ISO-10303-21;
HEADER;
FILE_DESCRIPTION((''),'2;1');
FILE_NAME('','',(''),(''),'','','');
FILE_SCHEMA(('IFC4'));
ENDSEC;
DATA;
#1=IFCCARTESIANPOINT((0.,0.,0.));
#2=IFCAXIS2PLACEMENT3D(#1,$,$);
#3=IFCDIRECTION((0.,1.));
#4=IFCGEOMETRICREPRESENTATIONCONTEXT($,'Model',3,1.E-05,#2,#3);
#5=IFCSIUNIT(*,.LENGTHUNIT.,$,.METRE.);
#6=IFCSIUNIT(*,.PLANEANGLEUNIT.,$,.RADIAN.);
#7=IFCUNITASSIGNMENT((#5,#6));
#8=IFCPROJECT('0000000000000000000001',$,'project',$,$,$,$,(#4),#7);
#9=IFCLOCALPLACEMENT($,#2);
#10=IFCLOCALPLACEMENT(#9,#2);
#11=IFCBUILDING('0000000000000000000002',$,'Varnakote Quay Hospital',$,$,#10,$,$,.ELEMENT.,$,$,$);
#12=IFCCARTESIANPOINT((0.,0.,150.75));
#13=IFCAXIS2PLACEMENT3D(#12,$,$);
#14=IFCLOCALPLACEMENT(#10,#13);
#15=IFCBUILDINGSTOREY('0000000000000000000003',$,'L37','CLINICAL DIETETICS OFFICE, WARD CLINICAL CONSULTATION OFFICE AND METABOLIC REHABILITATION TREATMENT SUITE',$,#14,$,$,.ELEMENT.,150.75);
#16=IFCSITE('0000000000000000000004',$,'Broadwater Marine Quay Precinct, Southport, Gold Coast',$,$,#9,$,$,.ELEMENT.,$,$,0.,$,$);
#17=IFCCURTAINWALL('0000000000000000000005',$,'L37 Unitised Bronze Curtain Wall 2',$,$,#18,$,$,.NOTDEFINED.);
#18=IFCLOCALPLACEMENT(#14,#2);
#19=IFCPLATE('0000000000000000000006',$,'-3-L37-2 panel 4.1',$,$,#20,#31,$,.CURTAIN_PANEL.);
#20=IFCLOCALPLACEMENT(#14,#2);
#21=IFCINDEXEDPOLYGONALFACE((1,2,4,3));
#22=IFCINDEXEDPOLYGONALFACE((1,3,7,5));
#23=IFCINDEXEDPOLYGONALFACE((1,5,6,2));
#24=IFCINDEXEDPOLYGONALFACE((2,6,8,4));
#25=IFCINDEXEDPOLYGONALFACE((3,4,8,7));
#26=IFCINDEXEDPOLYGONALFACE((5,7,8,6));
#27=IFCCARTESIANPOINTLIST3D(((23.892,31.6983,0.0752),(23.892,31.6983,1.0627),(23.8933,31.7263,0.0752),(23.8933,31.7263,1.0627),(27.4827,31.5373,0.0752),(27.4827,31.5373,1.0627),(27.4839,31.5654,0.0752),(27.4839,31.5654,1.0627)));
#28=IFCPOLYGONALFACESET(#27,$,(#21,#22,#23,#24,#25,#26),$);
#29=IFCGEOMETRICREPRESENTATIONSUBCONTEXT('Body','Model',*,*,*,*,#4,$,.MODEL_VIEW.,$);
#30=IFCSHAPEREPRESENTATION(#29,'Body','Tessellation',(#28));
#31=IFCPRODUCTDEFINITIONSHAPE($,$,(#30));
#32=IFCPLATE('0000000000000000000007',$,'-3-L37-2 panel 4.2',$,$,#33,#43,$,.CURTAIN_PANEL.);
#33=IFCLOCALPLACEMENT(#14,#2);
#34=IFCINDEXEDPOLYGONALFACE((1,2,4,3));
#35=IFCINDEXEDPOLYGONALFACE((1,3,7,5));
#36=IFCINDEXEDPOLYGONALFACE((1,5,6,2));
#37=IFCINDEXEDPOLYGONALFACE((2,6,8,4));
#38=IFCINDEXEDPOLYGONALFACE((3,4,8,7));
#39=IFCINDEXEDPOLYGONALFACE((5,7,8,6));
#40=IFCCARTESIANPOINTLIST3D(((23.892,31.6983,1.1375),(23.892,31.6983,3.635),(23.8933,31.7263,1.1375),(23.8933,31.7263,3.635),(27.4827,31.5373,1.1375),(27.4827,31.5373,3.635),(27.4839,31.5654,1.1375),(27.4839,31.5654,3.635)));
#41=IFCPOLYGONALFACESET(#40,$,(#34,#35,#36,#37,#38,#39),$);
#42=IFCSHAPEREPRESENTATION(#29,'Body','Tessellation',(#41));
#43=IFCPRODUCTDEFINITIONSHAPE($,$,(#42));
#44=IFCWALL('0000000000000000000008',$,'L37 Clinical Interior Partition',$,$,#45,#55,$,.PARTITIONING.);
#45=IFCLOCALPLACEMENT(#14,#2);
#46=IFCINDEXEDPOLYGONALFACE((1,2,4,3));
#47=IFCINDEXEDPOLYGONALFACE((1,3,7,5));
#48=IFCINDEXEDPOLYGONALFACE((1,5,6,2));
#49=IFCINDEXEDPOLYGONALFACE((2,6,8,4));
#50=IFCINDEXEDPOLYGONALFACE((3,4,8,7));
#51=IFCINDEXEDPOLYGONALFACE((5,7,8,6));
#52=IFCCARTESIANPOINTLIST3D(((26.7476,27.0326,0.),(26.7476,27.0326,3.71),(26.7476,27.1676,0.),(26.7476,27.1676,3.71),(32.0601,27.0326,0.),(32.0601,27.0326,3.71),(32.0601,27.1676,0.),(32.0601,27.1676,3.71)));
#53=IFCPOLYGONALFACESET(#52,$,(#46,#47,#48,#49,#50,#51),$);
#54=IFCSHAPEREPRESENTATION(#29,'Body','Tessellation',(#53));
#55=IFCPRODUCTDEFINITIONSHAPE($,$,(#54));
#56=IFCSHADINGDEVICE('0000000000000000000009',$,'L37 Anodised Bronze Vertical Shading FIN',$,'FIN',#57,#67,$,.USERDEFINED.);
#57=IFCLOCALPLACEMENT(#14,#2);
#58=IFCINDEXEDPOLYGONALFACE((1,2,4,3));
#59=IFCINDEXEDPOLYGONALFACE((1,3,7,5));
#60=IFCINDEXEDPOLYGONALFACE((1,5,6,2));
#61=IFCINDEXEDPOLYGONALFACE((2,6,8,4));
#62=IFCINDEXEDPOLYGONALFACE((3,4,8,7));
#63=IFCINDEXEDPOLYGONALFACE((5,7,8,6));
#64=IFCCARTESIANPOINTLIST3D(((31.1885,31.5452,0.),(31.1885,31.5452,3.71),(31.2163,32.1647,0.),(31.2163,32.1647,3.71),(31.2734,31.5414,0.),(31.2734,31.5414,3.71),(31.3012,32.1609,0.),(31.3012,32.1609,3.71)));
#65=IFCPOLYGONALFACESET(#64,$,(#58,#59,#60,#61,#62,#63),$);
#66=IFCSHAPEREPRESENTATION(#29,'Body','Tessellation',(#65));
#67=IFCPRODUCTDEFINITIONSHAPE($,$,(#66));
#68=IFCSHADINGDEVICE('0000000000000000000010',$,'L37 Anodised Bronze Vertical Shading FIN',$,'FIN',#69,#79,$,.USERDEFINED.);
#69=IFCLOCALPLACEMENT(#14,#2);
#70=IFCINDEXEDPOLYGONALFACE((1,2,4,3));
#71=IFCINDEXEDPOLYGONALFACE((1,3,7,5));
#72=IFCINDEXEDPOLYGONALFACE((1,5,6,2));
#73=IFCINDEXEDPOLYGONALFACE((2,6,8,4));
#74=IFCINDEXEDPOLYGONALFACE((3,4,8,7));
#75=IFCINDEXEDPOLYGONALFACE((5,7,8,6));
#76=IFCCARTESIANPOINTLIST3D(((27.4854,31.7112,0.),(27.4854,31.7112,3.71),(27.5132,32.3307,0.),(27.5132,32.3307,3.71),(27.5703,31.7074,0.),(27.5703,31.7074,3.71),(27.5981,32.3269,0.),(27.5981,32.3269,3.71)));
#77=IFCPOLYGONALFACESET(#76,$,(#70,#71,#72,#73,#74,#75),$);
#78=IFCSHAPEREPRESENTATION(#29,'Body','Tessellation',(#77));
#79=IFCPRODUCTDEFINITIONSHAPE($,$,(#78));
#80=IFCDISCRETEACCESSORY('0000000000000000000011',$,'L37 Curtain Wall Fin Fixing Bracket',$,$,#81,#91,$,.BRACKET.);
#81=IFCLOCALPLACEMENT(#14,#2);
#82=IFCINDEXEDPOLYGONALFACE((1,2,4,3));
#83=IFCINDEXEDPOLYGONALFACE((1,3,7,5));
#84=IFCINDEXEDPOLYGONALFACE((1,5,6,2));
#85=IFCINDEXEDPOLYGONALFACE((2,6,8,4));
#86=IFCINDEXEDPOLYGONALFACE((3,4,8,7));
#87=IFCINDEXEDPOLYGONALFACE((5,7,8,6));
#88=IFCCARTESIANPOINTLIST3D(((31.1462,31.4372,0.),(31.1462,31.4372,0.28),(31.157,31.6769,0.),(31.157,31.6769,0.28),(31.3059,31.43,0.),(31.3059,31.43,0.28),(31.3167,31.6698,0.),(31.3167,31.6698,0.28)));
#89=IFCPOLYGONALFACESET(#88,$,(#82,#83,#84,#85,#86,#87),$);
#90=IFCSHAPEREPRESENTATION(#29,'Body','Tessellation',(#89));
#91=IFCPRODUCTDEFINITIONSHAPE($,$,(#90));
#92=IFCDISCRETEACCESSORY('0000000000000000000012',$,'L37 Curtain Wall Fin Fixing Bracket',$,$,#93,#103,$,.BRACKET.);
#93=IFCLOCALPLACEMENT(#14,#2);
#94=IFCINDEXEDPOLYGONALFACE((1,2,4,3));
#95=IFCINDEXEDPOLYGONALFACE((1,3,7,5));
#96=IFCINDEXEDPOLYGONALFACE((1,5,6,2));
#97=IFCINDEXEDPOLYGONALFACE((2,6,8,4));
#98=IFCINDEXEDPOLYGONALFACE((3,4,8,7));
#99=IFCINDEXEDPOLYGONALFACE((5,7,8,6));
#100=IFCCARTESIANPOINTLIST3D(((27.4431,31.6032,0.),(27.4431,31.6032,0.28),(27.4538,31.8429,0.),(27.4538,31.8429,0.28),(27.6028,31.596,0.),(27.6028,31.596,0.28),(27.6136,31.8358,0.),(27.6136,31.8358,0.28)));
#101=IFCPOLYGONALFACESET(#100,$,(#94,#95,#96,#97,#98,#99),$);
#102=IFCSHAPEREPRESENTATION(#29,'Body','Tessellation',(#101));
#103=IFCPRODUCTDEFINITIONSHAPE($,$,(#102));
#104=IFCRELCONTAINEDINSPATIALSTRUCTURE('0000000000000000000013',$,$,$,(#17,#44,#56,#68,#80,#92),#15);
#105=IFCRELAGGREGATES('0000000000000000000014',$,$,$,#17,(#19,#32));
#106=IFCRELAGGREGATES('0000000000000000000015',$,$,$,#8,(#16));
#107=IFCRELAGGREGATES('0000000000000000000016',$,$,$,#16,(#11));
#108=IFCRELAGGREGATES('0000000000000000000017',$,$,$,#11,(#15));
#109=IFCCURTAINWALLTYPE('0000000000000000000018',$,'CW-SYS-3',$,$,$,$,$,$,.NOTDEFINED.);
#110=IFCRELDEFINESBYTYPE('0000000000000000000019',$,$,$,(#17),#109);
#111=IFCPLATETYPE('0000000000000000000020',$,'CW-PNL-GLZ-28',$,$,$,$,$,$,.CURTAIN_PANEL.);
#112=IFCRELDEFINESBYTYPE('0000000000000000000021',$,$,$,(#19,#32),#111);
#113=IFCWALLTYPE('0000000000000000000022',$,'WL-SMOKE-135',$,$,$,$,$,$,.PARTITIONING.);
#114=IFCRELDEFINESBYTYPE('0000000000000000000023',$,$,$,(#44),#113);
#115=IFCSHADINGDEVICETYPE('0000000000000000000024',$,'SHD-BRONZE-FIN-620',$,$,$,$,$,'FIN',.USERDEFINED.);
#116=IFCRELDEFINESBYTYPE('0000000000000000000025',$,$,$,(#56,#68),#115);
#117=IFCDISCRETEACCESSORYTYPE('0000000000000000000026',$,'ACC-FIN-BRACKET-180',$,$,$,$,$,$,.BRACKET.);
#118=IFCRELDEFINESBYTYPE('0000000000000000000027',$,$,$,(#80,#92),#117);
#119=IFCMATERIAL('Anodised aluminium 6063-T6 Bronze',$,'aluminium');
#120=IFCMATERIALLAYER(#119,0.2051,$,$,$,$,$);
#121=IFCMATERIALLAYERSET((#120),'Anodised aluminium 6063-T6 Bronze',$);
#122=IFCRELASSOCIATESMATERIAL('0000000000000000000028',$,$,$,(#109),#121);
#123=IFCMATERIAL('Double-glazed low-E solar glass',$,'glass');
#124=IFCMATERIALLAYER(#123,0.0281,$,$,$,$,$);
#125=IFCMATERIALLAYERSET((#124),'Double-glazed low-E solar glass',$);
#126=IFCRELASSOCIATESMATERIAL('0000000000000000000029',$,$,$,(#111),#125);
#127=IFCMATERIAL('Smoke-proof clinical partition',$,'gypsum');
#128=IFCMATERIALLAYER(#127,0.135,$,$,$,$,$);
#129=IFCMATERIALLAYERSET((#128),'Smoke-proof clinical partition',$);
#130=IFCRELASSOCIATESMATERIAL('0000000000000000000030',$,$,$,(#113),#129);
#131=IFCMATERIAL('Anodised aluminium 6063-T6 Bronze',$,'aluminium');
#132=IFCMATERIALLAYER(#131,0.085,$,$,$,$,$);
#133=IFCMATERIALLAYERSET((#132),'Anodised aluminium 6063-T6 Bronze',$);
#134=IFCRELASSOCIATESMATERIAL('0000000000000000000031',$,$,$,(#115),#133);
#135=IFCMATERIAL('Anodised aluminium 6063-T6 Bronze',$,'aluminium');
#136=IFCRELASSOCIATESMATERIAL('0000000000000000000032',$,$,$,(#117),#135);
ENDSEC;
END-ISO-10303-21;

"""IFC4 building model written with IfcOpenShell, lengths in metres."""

from ifc_helpers import new_model, si_unit, direction, frame, frame_2d, origin, origin_2d, place, context, subcontext, project, spatial, rectangle, extrude, material, layer, layer_set, type_object, element, aggregate, save


model = new_model("IFC4")

# Units and contexts
model_context = context("Model", 3, precision=1e-05, world=origin(), true_north=direction((0.0, 1.0)))
body_context = subcontext(model_context, "Body", "Model", "MODEL_VIEW")
ifc_project = project(units=[si_unit("LENGTHUNIT", "METRE"), si_unit("PLANEANGLEUNIT", "RADIAN")], contexts=[model_context])

# Site, building, storey
site_placement = place(None, origin())
site = spatial("IfcSite", under=ifc_project, at=site_placement, Name="Broadwater Marine Quay Precinct, Southport, Gold Coast", CompositionType="ELEMENT", RefElevation=0.0)
building_placement = place(site_placement, origin())
building = spatial("IfcBuilding", under=site, at=building_placement, Name="Varnakote Quay Hospital", CompositionType="ELEMENT")
storey_placement = place(building_placement, frame((0.0, 0.0, 150.75)))
storey = spatial("IfcBuildingStorey", under=building, at=storey_placement, Name="L37", Description="CLINICAL DIETETICS OFFICE, WARD CLINICAL CONSULTATION OFFICE AND METABOLIC REHABILITATION TREATMENT SUITE", CompositionType="ELEMENT", Elevation=150.75)

# Curtain wall, plates
ifc_material_1 = material(Name="Anodised aluminium 6063-T6 Bronze", Category="aluminium")
ifc_layer_1 = layer(ifc_material_1, 0.2051)
ifc_layer_set_1 = layer_set([ifc_layer_1], Name="Anodised aluminium 6063-T6 Bronze")
curtain_wall_type = type_object("IfcCurtainWallType", Name="CW-SYS-3", PredefinedType="NOTDEFINED", material=ifc_layer_set_1)
curtain_wall_placement = place(storey_placement, origin())
curtain_wall = element("IfcCurtainWall", 1, at=curtain_wall_placement, inside=storey, type_object=curtain_wall_type, Name="L37 Unitised Bronze Curtain Wall 2", PredefinedType="NOTDEFINED")
ifc_material_2 = material(Name="Double-glazed low-E solar glass", Category="glass")
ifc_layer_2 = layer(ifc_material_2, 0.0281)
ifc_layer_set_2 = layer_set([ifc_layer_2], Name="Double-glazed low-E solar glass")
plate_type = type_object("IfcPlateType", Name="CW-PNL-GLZ-28", PredefinedType="CURTAIN_PANEL", material=ifc_layer_set_2)
plate_1_placement = place(storey_placement, frame((25.688, 31.6318, 0.0752), z_axis=(0.0, 0.0, 1.0), x_axis=(-0.998997, 0.044782, 0.0)))
plate_1 = element("IfcPlate", 2, at=plate_1_placement, type_object=plate_type, Name="-3-L37-2 panel 4.1", PredefinedType="CURTAIN_PANEL", context=body_context, shape_type="SweptSolid", body=[
    extrude(rectangle(XDim=3.5942, YDim=0.0281, at=origin_2d()), origin(), (0.0, 0.0, 1.0), 0.9875),
])
plate_2_placement = place(storey_placement, frame((25.688, 31.6318, 1.1375), z_axis=(0.0, 0.0, 1.0), x_axis=(-0.998997, 0.044782, 0.0)))
plate_2 = element("IfcPlate", 3, at=plate_2_placement, type_object=plate_type, Name="-3-L37-2 panel 4.2", PredefinedType="CURTAIN_PANEL", context=body_context, shape_type="SweptSolid", body=[
    extrude(rectangle(XDim=3.5942, YDim=0.0281, at=origin_2d()), origin(), (0.0, 0.0, 1.0), 2.4976),
])
aggregate(curtain_wall, [plate_1, plate_2])

# Wall
ifc_material_3 = material(Name="Smoke-proof clinical partition", Category="gypsum")
ifc_layer_3 = layer(ifc_material_3, 0.135)
ifc_layer_set_3 = layer_set([ifc_layer_3], Name="Smoke-proof clinical partition")
wall_type = type_object("IfcWallType", Name="WL-SMOKE-135", PredefinedType="PARTITIONING", material=ifc_layer_set_3)
wall_placement = place(storey_placement, frame((32.0601, 27.1001, 0.0), z_axis=(0.0, 0.0, 1.0), x_axis=(-1.0, 0.0, 0.0)))
element("IfcWall", 4, at=wall_placement, inside=storey, type_object=wall_type, Name="L37 Clinical Interior Partition", PredefinedType="PARTITIONING", context=body_context, shape_type="SweptSolid", body=[
    extrude(rectangle(XDim=5.3125, YDim=0.135, at=frame_2d((2.6562, 0.0))), origin(), (0.0, 0.0, 1.0), 3.71),
])

# Shading devices
ifc_material_4 = material(Name="Anodised aluminium 6063-T6 Bronze", Category="aluminium")
ifc_layer_4 = layer(ifc_material_4, 0.085)
ifc_layer_set_4 = layer_set([ifc_layer_4], Name="Anodised aluminium 6063-T6 Bronze")
shading_device_type = type_object("IfcShadingDeviceType", Name="SHD-BRONZE-FIN-620", ElementType="FIN", PredefinedType="USERDEFINED", material=ifc_layer_set_4)
for number, where, z_axis, x_axis, name in (
    (5, (31.2449, 31.853, 0.0), (0.0, 0.0, 1.0), (-0.04484, -0.998994, 0.0), "L37 Anodised Bronze Vertical Shading FIN"),
    (6, (27.5417, 32.019, 0.0), (0.0, 0.0, 1.0), (-0.04484, -0.998994, 0.0), "L37 Anodised Bronze Vertical Shading FIN"),
):
    element("IfcShadingDevice", number, at=place(storey_placement, frame(where, z_axis=z_axis, x_axis=x_axis)), inside=storey, type_object=shading_device_type, Name=name, ObjectType="FIN", PredefinedType="USERDEFINED", context=body_context, shape_type="SweptSolid", body=[
        extrude(rectangle(XDim=0.6201, YDim=0.085, at=origin_2d()), origin(), (0.0, 0.0, 1.0), 3.71),
    ])

# Discrete accessories
ifc_material_5 = material(Name="Anodised aluminium 6063-T6 Bronze", Category="aluminium")
discrete_accessory_type = type_object("IfcDiscreteAccessoryType", Name="ACC-FIN-BRACKET-180", PredefinedType="BRACKET", material=ifc_material_5)
for number, where, z_axis, x_axis, name in (
    (7, (31.2314, 31.5535, 0.0), (0.0, 0.0, 1.0), (-0.998994, 0.04484, 0.0), "L37 Curtain Wall Fin Fixing Bracket"),
    (8, (27.5283, 31.7195, 0.0), (0.0, 0.0, 1.0), (-0.998994, 0.04484, 0.0), "L37 Curtain Wall Fin Fixing Bracket"),
):
    element("IfcDiscreteAccessory", number, at=place(storey_placement, frame(where, z_axis=z_axis, x_axis=x_axis)), inside=storey, type_object=discrete_accessory_type, Name=name, PredefinedType="BRACKET", context=body_context, shape_type="SweptSolid", body=[
        extrude(rectangle(XDim=0.1599, YDim=0.24, at=origin_2d()), origin(), (0.0, 0.0, 1.0), 0.28),
    ])

save(model, "model.ifc")
